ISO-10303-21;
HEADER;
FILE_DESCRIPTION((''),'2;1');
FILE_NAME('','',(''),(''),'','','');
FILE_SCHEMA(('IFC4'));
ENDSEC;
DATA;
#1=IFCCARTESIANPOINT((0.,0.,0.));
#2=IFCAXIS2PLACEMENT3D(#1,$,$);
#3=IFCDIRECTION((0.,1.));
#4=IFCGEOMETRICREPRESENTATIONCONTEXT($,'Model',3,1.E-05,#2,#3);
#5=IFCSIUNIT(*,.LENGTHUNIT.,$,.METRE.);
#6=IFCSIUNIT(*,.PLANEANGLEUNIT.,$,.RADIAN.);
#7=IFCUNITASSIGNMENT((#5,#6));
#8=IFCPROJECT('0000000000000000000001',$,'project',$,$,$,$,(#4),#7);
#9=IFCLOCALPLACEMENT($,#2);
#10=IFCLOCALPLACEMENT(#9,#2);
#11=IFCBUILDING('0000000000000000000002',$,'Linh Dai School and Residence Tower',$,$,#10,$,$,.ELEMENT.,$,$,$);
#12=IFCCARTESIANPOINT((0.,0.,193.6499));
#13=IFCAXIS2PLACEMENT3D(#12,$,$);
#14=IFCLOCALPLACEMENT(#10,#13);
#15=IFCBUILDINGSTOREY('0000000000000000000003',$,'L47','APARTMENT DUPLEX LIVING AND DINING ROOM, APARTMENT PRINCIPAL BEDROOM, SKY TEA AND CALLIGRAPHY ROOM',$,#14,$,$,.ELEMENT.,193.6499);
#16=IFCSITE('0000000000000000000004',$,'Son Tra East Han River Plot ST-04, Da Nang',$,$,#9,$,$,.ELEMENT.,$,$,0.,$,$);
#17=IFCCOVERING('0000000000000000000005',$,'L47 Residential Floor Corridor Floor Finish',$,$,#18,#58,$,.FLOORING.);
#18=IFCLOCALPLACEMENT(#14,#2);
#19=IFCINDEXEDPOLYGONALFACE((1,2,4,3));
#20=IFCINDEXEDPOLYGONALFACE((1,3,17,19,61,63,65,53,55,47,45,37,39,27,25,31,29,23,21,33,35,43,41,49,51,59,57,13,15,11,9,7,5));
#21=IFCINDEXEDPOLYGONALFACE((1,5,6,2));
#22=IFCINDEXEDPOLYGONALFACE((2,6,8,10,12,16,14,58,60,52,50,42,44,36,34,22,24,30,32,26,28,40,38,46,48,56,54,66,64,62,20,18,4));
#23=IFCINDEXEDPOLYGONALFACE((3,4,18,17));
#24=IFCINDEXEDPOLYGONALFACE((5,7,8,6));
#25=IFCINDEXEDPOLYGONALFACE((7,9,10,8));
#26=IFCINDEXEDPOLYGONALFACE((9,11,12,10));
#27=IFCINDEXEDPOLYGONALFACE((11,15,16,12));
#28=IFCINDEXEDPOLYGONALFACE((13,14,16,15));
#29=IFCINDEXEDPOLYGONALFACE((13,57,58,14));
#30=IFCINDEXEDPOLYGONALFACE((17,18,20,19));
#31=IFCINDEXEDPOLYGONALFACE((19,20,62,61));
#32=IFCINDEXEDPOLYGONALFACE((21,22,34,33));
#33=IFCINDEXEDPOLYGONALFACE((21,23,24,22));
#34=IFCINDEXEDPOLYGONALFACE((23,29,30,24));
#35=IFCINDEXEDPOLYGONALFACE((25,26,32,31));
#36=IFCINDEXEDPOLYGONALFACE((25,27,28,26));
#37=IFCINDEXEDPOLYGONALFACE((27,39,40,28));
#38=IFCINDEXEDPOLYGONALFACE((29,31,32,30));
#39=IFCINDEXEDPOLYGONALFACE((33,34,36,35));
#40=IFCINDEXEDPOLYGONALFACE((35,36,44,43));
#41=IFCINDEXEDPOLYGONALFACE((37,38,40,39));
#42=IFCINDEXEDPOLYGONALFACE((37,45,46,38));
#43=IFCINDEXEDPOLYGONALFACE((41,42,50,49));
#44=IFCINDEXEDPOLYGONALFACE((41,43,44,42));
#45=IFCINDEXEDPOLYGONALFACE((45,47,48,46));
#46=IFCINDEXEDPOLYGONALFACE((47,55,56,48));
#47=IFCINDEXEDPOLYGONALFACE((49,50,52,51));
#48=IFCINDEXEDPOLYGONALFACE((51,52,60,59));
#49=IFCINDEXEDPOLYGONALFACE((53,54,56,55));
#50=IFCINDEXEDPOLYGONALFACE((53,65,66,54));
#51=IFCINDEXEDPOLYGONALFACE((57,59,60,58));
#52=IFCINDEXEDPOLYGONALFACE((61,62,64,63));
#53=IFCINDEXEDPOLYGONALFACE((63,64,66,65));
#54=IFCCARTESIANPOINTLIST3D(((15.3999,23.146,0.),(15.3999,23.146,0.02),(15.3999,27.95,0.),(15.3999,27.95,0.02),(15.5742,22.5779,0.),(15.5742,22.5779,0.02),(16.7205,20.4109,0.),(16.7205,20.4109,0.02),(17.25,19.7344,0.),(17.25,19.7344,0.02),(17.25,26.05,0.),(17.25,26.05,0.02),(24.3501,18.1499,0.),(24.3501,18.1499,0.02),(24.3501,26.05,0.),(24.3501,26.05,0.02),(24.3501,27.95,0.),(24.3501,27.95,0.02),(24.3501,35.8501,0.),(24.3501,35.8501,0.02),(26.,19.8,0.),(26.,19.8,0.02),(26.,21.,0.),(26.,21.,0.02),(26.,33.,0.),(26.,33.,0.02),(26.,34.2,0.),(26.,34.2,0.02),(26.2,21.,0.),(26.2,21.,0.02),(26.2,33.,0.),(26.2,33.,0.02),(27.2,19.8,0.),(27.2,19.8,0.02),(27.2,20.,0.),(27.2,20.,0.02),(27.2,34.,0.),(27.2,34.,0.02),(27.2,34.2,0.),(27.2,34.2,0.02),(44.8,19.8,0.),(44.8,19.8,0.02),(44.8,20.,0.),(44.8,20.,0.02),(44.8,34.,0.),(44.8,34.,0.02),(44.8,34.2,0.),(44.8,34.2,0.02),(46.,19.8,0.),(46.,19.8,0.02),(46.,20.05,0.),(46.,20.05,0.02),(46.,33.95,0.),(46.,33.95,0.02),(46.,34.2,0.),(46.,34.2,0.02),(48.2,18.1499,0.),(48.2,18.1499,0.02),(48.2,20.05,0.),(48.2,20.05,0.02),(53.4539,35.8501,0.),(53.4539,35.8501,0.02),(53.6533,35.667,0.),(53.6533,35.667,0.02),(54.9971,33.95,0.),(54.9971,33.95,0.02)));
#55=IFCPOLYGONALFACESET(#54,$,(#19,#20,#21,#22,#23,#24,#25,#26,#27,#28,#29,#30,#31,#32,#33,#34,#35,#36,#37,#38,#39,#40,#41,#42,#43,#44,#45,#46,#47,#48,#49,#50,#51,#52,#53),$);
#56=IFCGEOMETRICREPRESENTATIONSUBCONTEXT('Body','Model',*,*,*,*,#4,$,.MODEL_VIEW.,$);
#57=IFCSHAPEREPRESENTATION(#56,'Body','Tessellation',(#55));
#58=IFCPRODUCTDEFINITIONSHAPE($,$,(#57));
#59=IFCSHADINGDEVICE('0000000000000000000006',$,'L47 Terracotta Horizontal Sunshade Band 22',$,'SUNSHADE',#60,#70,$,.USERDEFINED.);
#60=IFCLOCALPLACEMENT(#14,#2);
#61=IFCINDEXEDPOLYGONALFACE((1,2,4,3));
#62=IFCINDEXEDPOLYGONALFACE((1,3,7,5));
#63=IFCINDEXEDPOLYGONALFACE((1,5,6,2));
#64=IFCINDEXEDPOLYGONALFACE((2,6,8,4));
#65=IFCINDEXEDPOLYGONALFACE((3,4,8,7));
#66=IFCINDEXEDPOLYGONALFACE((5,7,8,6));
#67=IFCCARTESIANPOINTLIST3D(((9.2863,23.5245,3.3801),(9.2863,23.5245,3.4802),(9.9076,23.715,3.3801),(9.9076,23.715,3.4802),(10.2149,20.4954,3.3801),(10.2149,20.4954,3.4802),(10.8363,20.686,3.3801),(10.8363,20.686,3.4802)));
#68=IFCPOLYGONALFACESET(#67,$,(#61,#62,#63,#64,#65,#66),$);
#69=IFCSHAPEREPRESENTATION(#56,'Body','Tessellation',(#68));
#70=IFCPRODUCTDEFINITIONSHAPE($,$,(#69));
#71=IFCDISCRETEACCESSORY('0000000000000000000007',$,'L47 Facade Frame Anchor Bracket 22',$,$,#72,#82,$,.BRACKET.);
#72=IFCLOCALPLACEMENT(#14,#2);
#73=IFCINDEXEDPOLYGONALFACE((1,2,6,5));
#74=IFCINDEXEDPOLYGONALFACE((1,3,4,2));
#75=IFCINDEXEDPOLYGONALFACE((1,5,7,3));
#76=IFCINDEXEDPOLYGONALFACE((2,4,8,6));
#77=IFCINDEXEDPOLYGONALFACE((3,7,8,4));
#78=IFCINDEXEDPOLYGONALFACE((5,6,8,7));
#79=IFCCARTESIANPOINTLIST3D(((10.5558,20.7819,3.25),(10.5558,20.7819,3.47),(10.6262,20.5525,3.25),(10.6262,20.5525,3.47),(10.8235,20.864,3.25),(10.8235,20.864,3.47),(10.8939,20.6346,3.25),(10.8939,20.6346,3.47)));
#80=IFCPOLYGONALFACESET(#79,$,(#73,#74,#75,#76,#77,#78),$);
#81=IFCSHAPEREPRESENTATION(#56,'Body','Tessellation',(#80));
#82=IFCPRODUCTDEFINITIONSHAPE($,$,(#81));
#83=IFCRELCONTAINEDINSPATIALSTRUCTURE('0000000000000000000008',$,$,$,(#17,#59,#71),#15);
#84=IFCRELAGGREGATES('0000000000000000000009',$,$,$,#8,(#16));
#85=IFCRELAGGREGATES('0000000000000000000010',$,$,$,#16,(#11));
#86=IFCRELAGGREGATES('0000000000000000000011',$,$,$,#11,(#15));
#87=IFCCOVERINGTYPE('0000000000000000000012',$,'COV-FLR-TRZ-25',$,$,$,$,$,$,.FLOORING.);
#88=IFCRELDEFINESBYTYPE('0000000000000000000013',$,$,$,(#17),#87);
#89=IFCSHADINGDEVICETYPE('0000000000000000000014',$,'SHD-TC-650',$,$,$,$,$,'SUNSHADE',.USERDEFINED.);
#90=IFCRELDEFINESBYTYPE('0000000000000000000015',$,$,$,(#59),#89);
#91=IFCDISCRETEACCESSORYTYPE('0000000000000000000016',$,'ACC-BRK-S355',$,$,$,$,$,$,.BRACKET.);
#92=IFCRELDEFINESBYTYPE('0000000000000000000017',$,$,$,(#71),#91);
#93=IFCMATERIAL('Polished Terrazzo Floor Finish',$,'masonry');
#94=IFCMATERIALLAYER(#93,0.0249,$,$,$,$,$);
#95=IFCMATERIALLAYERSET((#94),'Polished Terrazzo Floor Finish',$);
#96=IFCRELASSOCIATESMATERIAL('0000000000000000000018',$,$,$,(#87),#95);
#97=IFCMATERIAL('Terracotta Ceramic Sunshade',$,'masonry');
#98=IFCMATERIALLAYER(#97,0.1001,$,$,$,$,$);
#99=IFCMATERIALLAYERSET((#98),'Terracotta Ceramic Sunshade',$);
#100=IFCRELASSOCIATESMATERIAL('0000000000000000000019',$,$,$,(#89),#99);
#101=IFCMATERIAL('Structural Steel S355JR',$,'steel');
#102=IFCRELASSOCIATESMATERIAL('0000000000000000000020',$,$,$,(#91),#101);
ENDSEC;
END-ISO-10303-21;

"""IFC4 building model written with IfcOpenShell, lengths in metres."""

from ifc_helpers import new_model, si_unit, direction, frame, origin, origin_2d, place, context, subcontext, project, spatial, polyline, rectangle, outline, extrude, source, transform, mapped, material, layer, layer_set, type_object, element, save


model = new_model("IFC4")

# Units and contexts
model_context = context("Model", 3, precision=1e-05, world=origin(), true_north=direction((0.0, 1.0)))
body_context = subcontext(model_context, "Body", "Model", "MODEL_VIEW")
ifc_project = project(units=[si_unit("LENGTHUNIT", "METRE"), si_unit("PLANEANGLEUNIT", "RADIAN")], contexts=[model_context])

# Site, building, storey
site_placement = place(None, origin())
site = spatial("IfcSite", under=ifc_project, at=site_placement, Name="Son Tra East Han River Plot ST-04, Da Nang", CompositionType="ELEMENT", RefElevation=0.0)
building_placement = place(site_placement, origin())
building = spatial("IfcBuilding", under=site, at=building_placement, Name="Linh Dai School and Residence Tower", CompositionType="ELEMENT")
storey_placement = place(building_placement, frame((0.0, 0.0, 193.6499)))
storey = spatial("IfcBuildingStorey", under=building, at=storey_placement, Name="L47", Description="APARTMENT DUPLEX LIVING AND DINING ROOM, APARTMENT PRINCIPAL BEDROOM, SKY TEA AND CALLIGRAPHY ROOM", CompositionType="ELEMENT", Elevation=193.6499)

# Shared definitions
ifc_material_1 = material(Name="Structural Steel S355JR", Category="steel")

# Covering
ifc_material_2 = material(Name="Polished Terrazzo Floor Finish", Category="masonry")
ifc_layer_1 = layer(ifc_material_2, 0.0249)
ifc_layer_set_1 = layer_set([ifc_layer_1], Name="Polished Terrazzo Floor Finish")
covering_type_1 = type_object("IfcCoveringType", Name="COV-FLR-TRZ-25", PredefinedType="FLOORING", material=ifc_layer_set_1)
covering_1_placement = place(storey_placement, origin())
element("IfcCovering", 1, at=covering_1_placement, inside=storey, type_object=covering_type_1, Name="L47 Residential Floor Corridor Floor Finish", PredefinedType="FLOORING", context=body_context, shape_type="SweptSolid", body=[
    extrude(outline(polyline([(17.25, 19.7344), (16.7205, 20.4109), (15.5742, 22.5779), (15.3999, 23.146), (15.3999, 27.95), (24.3501, 27.95), (24.3501, 35.8501), (53.4539, 35.8501), (53.6533, 35.667), (54.9971, 33.95), (46.0, 33.95), (46.0, 34.2), (44.8, 34.2), (44.8, 34.0), (27.2, 34.0), (27.2, 34.2), (26.0, 34.2), (26.0, 33.0), (26.2, 33.0), (26.2, 21.0), (26.0, 21.0), (26.0, 19.8), (27.2, 19.8), (27.2, 20.0), (44.8, 20.0), (44.8, 19.8), (46.0, 19.8), (46.0, 20.05), (48.2, 20.05), (48.2, 18.1499), (24.3501, 18.1499), (24.3501, 26.05), (17.25, 26.05), (17.25, 19.7344)])), origin(), (0.0, 0.0, 1.0), 0.02),
])

# Shading device
ifc_material_3 = material(Name="Terracotta Ceramic Sunshade", Category="masonry")
ifc_layer_2 = layer(ifc_material_3, 0.1001)
ifc_layer_set_2 = layer_set([ifc_layer_2], Name="Terracotta Ceramic Sunshade")
shading_device_type = type_object("IfcShadingDeviceType", Name="SHD-TC-650", ElementType="SUNSHADE", PredefinedType="USERDEFINED", material=ifc_layer_set_2)
shared_shape_1 = source(origin(), body_context, "Body", "SweptSolid", [
    extrude(rectangle(XDim=3.1682, YDim=0.6499, at=origin_2d()), origin(), (0.0, 0.0, 1.0), 0.1001),
])
shading_device_placement = place(storey_placement, frame((10.0613, 22.1052, 3.3801), z_axis=(0.0, 0.0, 1.0), x_axis=(-0.293122, 0.956075, 0.0)))
element("IfcShadingDevice", 2, at=shading_device_placement, inside=storey, type_object=shading_device_type, Name="L47 Terracotta Horizontal Sunshade Band 22", ObjectType="SUNSHADE", PredefinedType="USERDEFINED", context=body_context, shape_type="MappedRepresentation", body=[
    mapped(shared_shape_1, transform((0.0, 0.0, 0.0), x_axis=(1.0, 0.0, 0.0), y_axis=(0.0, 1.0, 0.0), z_axis=(0.0, 0.0, 1.0), scale=1.0)),
])

# Discrete accessory
discrete_accessory_type = type_object("IfcDiscreteAccessoryType", Name="ACC-BRK-S355", PredefinedType="BRACKET", material=ifc_material_1)
shared_shape_2 = source(origin(), body_context, "Body", "SweptSolid", [
    extrude(rectangle(XDim=0.28, YDim=0.24, at=origin_2d()), origin(), (0.0, 0.0, 1.0), 0.22),
])
discrete_accessory_placement = place(storey_placement, frame((10.7249, 20.7083, 3.25), z_axis=(0.0, 0.0, 1.0), x_axis=(-0.956075, -0.293122, 0.0)))
element("IfcDiscreteAccessory", 3, at=discrete_accessory_placement, inside=storey, type_object=discrete_accessory_type, Name="L47 Facade Frame Anchor Bracket 22", PredefinedType="BRACKET", context=body_context, shape_type="MappedRepresentation", body=[
    mapped(shared_shape_2, transform((0.0, 0.0, 0.0), x_axis=(1.0, 0.0, 0.0), y_axis=(0.0, 1.0, 0.0), z_axis=(0.0, 0.0, 1.0), scale=1.0)),
])

save(model, "model.ifc")
